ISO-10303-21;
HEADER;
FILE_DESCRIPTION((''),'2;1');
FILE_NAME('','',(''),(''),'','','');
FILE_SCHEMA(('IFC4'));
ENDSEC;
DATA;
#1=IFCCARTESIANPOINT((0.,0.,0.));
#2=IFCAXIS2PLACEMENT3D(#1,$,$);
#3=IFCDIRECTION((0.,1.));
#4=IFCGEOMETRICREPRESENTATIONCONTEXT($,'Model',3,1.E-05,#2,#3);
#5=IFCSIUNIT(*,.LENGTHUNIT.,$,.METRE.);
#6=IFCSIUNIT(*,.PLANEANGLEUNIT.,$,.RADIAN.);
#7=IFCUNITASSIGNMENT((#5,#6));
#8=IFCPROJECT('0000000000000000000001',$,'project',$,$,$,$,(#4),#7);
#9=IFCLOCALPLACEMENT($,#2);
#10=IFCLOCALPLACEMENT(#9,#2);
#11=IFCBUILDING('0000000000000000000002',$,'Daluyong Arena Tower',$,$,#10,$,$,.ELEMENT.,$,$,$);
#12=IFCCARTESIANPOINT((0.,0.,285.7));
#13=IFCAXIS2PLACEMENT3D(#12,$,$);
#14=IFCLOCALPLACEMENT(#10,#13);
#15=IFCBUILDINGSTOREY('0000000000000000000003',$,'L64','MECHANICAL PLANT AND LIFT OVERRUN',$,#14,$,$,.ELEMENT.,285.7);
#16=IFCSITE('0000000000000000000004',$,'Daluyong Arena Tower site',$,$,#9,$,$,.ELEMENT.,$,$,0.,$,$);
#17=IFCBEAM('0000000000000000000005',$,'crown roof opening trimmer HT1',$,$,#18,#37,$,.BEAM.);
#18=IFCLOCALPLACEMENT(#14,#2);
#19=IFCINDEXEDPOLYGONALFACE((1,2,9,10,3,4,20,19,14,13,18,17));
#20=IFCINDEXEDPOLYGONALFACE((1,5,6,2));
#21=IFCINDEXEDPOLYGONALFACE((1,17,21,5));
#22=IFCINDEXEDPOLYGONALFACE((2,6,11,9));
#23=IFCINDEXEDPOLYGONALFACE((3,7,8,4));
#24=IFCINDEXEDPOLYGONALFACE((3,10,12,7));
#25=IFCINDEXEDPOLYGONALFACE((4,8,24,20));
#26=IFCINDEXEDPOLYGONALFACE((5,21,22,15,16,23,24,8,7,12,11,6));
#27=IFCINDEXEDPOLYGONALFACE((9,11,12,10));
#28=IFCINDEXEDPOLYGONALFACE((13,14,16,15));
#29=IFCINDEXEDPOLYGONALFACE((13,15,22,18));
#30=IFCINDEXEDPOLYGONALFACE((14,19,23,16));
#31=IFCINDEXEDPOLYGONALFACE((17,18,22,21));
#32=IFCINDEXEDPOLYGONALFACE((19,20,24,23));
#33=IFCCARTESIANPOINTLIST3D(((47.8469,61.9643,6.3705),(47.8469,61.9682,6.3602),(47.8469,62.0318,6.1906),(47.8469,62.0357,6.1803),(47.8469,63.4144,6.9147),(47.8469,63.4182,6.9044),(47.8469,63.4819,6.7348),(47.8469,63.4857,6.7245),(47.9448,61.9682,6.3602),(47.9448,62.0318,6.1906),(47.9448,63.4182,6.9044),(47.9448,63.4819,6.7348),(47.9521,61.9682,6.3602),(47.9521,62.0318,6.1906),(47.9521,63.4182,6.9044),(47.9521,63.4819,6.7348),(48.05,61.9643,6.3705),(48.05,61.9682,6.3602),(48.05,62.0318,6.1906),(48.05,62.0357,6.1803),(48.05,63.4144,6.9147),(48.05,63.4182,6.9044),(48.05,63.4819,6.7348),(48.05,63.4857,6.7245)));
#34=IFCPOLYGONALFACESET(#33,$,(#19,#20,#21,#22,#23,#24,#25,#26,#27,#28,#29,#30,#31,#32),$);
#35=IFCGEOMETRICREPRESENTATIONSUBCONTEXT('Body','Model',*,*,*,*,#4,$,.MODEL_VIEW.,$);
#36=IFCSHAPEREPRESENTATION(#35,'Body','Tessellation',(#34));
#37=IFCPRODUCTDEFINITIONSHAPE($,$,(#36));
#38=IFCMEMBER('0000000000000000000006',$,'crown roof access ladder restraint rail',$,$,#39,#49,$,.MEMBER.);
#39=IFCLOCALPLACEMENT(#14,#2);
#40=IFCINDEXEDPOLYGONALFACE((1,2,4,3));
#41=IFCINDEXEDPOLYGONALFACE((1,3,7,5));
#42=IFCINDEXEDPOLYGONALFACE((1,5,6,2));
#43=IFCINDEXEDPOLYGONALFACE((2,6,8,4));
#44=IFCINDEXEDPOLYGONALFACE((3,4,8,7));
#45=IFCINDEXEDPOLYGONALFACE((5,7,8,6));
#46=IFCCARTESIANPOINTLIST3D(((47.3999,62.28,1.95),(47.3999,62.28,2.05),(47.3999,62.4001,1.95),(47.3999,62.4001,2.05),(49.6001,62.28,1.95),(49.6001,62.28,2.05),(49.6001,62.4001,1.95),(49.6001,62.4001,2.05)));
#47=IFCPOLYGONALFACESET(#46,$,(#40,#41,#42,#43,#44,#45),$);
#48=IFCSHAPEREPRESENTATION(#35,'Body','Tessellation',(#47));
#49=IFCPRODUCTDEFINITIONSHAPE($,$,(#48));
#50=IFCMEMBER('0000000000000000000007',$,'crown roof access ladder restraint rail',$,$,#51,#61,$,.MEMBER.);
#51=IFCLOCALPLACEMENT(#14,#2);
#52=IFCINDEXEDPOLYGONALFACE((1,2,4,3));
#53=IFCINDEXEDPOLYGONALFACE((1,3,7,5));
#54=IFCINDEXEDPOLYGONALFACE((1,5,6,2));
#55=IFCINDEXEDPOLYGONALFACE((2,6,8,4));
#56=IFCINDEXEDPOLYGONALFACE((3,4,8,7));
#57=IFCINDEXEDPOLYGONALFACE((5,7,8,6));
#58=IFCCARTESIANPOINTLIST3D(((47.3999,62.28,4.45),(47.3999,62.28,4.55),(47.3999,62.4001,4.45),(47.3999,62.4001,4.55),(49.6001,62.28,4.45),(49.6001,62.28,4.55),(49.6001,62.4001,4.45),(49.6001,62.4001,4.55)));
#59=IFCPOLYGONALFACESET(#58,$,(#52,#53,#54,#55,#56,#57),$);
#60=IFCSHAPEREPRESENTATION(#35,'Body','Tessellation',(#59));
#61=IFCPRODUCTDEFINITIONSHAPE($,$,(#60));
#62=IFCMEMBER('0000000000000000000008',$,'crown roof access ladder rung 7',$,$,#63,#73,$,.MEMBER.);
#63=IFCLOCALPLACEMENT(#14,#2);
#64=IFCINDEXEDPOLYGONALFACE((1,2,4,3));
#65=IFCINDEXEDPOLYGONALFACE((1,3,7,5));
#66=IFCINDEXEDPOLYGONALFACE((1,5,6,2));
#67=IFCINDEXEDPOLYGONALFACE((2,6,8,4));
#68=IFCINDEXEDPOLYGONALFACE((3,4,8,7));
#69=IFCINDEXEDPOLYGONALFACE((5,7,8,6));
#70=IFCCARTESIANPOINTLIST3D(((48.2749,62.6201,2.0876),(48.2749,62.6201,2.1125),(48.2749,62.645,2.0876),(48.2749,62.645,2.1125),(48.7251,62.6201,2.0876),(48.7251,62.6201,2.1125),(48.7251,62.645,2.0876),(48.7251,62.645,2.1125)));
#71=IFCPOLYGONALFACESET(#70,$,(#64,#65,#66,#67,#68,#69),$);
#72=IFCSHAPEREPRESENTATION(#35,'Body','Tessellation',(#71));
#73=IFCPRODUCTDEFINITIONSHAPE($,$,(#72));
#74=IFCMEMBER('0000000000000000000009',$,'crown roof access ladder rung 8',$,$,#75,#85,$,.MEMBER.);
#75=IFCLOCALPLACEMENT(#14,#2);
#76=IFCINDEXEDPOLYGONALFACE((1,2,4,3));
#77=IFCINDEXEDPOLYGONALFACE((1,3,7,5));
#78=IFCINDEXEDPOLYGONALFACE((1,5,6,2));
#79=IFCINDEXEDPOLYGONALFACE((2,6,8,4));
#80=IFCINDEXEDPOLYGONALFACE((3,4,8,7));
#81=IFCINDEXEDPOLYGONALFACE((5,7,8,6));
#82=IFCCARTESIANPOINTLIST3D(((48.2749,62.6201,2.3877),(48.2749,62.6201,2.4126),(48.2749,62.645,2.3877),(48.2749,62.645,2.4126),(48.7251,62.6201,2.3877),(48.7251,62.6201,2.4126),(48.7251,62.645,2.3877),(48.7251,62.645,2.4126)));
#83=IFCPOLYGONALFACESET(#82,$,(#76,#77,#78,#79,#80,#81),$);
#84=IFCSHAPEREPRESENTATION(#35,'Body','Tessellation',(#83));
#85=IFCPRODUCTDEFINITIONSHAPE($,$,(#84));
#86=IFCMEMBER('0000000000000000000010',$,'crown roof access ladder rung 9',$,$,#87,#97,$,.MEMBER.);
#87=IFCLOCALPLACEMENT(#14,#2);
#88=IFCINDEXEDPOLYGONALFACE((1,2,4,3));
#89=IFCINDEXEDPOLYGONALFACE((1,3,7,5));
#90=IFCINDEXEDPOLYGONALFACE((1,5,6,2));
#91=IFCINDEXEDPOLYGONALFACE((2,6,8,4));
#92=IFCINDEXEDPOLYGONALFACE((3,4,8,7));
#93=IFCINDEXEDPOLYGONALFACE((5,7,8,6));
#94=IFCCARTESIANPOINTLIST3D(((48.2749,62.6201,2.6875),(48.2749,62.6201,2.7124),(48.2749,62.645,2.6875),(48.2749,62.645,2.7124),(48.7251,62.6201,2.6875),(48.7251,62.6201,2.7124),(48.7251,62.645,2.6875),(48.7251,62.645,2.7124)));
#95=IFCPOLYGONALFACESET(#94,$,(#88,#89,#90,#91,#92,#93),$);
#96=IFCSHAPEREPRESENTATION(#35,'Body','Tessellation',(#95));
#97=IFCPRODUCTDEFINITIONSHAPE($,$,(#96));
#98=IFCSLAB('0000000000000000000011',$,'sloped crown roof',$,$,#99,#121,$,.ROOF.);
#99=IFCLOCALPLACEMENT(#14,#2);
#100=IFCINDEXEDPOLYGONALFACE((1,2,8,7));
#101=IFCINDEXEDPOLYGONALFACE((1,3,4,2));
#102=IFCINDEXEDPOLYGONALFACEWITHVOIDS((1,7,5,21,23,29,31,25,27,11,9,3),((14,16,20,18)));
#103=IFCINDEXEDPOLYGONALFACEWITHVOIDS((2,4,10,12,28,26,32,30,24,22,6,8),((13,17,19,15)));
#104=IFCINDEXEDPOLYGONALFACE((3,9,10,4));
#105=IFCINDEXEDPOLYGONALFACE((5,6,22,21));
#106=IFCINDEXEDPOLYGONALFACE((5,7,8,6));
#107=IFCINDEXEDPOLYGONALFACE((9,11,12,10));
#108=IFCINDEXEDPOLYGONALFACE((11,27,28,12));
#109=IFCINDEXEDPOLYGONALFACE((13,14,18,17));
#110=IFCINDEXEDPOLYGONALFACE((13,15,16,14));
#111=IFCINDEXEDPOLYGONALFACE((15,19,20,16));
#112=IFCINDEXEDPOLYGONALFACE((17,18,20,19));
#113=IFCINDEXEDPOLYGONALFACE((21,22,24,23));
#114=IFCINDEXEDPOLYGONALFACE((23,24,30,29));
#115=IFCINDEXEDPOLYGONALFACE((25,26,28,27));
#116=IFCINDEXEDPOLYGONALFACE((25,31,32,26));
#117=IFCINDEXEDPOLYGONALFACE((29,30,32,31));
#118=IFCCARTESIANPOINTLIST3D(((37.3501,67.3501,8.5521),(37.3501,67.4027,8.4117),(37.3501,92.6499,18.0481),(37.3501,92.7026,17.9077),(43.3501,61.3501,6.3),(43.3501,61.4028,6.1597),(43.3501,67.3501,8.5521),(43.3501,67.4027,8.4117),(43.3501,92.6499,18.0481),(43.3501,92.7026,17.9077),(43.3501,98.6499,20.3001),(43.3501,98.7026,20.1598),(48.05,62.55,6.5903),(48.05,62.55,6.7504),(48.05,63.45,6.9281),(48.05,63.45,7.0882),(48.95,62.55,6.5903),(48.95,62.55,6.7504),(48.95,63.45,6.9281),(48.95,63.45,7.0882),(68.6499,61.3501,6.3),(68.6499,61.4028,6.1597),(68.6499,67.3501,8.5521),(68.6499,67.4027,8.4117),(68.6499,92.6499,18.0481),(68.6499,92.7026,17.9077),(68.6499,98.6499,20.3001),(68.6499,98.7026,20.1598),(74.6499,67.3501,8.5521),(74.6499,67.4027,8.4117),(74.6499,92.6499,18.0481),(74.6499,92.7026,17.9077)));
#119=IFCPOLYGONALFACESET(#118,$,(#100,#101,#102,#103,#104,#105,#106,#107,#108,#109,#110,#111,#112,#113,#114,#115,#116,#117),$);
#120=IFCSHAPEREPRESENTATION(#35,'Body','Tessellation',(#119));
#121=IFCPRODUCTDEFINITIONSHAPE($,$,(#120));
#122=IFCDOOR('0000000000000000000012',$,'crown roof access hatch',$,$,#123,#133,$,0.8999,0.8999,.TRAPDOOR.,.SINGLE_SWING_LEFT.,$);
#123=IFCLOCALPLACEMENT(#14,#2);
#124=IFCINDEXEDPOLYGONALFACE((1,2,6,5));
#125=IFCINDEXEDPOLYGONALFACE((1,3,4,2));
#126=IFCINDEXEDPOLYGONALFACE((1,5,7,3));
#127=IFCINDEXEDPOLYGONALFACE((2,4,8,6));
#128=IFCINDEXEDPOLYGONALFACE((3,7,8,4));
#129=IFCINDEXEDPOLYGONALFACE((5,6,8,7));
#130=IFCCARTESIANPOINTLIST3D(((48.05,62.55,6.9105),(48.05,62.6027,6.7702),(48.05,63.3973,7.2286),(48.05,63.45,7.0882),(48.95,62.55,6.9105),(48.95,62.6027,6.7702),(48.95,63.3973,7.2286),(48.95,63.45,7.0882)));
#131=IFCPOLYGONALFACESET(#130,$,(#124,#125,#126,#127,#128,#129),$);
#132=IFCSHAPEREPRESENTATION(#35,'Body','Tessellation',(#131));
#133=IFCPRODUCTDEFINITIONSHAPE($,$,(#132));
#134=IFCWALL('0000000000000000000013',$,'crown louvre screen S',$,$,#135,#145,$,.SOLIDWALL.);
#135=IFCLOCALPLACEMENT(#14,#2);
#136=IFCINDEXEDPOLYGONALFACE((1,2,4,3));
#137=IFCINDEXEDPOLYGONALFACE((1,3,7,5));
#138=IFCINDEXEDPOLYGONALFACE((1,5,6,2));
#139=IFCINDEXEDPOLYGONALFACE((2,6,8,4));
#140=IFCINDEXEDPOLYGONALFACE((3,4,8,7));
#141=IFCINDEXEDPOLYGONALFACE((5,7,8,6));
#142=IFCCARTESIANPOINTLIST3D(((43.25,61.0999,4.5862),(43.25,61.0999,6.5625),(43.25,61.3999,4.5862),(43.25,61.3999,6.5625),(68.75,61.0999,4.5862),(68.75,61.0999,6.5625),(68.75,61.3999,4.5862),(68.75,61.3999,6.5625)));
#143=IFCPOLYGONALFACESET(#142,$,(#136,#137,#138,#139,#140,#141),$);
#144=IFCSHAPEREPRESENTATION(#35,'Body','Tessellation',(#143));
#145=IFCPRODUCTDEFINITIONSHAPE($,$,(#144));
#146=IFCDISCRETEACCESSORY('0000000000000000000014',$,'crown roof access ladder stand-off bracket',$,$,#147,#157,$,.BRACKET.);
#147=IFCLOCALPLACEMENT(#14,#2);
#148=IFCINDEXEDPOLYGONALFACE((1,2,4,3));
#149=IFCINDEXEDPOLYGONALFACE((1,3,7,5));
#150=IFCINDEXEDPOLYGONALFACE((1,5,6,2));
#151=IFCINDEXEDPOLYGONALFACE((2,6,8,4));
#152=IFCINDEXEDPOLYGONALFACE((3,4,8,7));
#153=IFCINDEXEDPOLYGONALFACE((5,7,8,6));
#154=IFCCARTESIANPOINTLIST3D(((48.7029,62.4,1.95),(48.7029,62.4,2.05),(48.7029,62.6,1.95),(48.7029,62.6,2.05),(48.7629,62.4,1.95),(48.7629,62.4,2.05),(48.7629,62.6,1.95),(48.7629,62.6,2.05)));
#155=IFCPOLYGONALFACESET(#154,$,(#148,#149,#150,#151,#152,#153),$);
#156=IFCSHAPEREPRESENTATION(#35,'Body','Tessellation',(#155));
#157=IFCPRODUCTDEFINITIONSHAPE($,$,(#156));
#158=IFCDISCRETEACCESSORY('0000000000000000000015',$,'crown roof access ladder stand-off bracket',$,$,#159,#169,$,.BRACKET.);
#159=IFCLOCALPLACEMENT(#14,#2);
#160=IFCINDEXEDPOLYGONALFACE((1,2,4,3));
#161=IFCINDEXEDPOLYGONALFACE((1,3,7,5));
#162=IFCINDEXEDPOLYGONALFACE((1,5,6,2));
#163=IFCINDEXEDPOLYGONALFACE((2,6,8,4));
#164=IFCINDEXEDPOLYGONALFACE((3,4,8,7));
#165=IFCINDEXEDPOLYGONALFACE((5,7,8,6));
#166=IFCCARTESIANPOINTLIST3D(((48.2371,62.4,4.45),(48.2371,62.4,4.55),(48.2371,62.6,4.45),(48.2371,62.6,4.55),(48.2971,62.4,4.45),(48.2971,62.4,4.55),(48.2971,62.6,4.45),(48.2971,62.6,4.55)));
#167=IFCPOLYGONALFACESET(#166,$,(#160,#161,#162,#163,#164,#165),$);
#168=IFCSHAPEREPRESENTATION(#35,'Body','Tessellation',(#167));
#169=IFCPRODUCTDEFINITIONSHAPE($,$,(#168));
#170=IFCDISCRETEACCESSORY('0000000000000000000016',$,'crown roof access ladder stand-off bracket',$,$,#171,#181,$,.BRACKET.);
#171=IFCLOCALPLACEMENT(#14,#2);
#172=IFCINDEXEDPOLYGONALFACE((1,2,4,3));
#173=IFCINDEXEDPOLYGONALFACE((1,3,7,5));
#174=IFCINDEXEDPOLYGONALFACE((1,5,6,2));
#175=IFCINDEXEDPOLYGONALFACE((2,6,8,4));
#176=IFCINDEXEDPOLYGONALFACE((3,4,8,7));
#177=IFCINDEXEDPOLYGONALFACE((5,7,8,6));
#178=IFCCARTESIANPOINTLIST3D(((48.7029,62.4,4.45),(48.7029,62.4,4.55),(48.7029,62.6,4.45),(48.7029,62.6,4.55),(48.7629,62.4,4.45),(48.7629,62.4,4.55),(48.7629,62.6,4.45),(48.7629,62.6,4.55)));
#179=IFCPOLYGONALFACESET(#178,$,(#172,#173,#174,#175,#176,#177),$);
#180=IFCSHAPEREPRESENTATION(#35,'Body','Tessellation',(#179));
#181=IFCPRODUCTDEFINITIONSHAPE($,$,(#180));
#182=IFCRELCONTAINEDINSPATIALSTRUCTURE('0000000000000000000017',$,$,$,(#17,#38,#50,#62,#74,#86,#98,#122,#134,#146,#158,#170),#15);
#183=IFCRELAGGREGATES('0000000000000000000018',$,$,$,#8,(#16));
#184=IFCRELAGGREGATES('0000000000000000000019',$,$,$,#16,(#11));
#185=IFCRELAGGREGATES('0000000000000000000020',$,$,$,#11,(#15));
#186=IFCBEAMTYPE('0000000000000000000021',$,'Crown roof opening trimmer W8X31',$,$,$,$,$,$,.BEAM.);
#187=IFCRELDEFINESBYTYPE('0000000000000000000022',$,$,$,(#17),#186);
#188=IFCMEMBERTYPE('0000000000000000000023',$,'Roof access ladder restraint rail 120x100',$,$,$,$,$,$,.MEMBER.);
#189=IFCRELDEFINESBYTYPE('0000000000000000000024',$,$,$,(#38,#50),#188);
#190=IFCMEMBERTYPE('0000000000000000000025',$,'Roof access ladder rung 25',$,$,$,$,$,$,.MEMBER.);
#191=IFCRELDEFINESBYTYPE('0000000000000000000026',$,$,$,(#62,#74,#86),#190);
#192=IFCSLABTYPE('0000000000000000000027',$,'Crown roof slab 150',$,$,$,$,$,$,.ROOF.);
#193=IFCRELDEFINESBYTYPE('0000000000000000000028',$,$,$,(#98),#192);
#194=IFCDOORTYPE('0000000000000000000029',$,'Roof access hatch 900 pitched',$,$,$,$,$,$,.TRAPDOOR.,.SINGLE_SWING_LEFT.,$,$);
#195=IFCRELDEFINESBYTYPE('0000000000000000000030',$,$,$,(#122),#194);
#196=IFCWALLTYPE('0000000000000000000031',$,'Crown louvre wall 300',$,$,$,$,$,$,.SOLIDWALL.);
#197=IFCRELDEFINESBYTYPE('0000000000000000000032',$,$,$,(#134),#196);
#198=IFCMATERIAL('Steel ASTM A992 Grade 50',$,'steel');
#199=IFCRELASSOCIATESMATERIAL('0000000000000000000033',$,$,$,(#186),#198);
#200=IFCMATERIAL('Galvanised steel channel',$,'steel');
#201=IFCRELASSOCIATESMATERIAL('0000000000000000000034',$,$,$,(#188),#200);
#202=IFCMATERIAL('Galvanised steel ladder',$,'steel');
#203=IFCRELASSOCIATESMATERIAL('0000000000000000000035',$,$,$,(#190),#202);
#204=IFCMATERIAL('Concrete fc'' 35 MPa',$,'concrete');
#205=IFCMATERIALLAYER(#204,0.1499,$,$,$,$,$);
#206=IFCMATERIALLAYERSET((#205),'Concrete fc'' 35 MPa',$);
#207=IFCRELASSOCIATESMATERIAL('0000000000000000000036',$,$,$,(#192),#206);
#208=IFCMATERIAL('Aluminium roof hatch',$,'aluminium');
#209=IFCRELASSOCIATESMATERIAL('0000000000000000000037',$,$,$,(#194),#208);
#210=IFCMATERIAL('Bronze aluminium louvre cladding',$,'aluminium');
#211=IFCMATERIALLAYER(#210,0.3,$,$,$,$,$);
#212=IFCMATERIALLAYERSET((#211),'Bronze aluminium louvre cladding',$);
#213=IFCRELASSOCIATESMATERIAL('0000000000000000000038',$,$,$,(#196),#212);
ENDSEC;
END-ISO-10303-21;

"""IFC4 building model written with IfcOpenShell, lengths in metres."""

from ifc_helpers import new_model, si_unit, direction, frame, origin, origin_2d, place, context, subcontext, project, spatial, polyline, rectangle, i_section, outline, extrude, material, layer, layer_set, material_profile, profile_set, type_object, element, fill, save


model = new_model("IFC4")

# Units and contexts
model_context = context("Model", 3, precision=1e-05, world=origin(), true_north=direction((0.0, 1.0)))
body_context = subcontext(model_context, "Body", "Model", "MODEL_VIEW")
ifc_project = project(units=[si_unit("LENGTHUNIT", "METRE"), si_unit("PLANEANGLEUNIT", "RADIAN")], contexts=[model_context])

# Site, building, storey
site_placement = place(None, origin())
site = spatial("IfcSite", under=ifc_project, at=site_placement, Name="Daluyong Arena Tower site", CompositionType="ELEMENT", RefElevation=0.0)
building_placement = place(site_placement, origin())
building = spatial("IfcBuilding", under=site, at=building_placement, Name="Daluyong Arena Tower", CompositionType="ELEMENT")
storey_placement = place(building_placement, frame((0.0, 0.0, 285.7)))
storey = spatial("IfcBuildingStorey", under=building, at=storey_placement, Name="L64", Description="MECHANICAL PLANT AND LIFT OVERRUN", CompositionType="ELEMENT", Elevation=285.7)

# Beam
ifc_material_1 = material(Name="Steel ASTM A992 Grade 50", Category="steel")
ifc_material_profile_1 = material_profile(ifc_material_1, i_section(OverallWidth=0.2031, OverallDepth=0.2031, WebThickness=0.0073, FlangeThickness=0.011, at=origin_2d()))
ifc_profile_set_1 = profile_set([ifc_material_profile_1], Name="Steel ASTM A992 Grade 50")
beam_type_1 = type_object("IfcBeamType", Name="Crown roof opening trimmer W8X31", PredefinedType="BEAM", material=ifc_profile_set_1)
beam_1_placement = place(storey_placement, frame((47.9485, 62.0, 6.2754), z_axis=(0.0, 0.936232, 0.351383), x_axis=(-1.0, 0.0, 0.0)))
element("IfcBeam", 1, at=beam_1_placement, inside=storey, type_object=beam_type_1, Name="crown roof opening trimmer HT1", PredefinedType="BEAM", context=body_context, shape_type="SweptSolid", body=[
    extrude(i_section(OverallWidth=0.2031, OverallDepth=0.2031, WebThickness=0.0073, FlangeThickness=0.011, at=origin_2d()), origin(), (0.0, 0.0, 1.0), 1.5488),
])

# Members
ifc_material_2 = material(Name="Galvanised steel channel", Category="steel")
ifc_material_profile_2 = material_profile(ifc_material_2, rectangle(XDim=0.1201, YDim=0.1001, at=origin_2d()))
ifc_profile_set_2 = profile_set([ifc_material_profile_2], Name="Galvanised steel channel")
member_type_1 = type_object("IfcMemberType", Name="Roof access ladder restraint rail 120x100", PredefinedType="MEMBER", material=ifc_profile_set_2)
for number, where, z_axis, x_axis, name in (
    (2, (47.3999, 62.3401, 2.0), (1.0, 0.0, 0.0), (0.0, 1.0, 0.0), "crown roof access ladder restraint rail"),
    (3, (47.3999, 62.3401, 4.5), (1.0, 0.0, 0.0), (0.0, 1.0, 0.0), "crown roof access ladder restraint rail"),
):
    element("IfcMember", number, at=place(storey_placement, frame(where, z_axis=z_axis, x_axis=x_axis)), inside=storey, type_object=member_type_1, Name=name, PredefinedType="MEMBER", context=body_context, shape_type="SweptSolid", body=[
        extrude(rectangle(XDim=0.1201, YDim=0.1001, at=origin_2d()), origin(), (0.0, 0.0, 1.0), 2.2002),
    ])
ifc_material_3 = material(Name="Galvanised steel ladder", Category="steel")
ifc_material_profile_3 = material_profile(ifc_material_3, rectangle(XDim=0.0249, YDim=0.0249, at=origin_2d()))
ifc_profile_set_3 = profile_set([ifc_material_profile_3], Name="Galvanised steel ladder")
member_type_2 = type_object("IfcMemberType", Name="Roof access ladder rung 25", PredefinedType="MEMBER", material=ifc_profile_set_3)
for number, where, z_axis, x_axis, name in (
    (4, (48.2749, 62.6326, 2.1001), (1.0, 0.0, 0.0), (0.0, 1.0, 0.0), "crown roof access ladder rung 7"),
    (5, (48.2749, 62.6326, 2.4001), (1.0, 0.0, 0.0), (0.0, 1.0, 0.0), "crown roof access ladder rung 8"),
    (6, (48.2749, 62.6326, 2.7), (1.0, 0.0, 0.0), (0.0, 1.0, 0.0), "crown roof access ladder rung 9"),
):
    element("IfcMember", number, at=place(storey_placement, frame(where, z_axis=z_axis, x_axis=x_axis)), inside=storey, type_object=member_type_2, Name=name, PredefinedType="MEMBER", context=body_context, shape_type="SweptSolid", body=[
        extrude(rectangle(XDim=0.0249, YDim=0.0249, at=origin_2d()), origin(), (0.0, 0.0, 1.0), 0.4502),
    ])

# Slab, opening, door
ifc_material_4 = material(Name="Concrete fc' 35 MPa", Category="concrete")
ifc_layer_1 = layer(ifc_material_4, 0.1499)
ifc_layer_set_1 = layer_set([ifc_layer_1], Name="Concrete fc' 35 MPa")
slab_type = type_object("IfcSlabType", Name="Crown roof slab 150", PredefinedType="ROOF", material=ifc_layer_set_1)
slab_placement = place(storey_placement, frame((43.3501, 61.3501, 6.3), z_axis=(0.0, -0.351401, 0.936225), x_axis=(1.0, 0.0, 0.0)))
slab = element("IfcSlab", 7, at=slab_placement, inside=storey, type_object=slab_type, Name="sloped crown roof", PredefinedType="ROOF", context=body_context, shape_type="SweptSolid", body=[
    extrude(outline(polyline([(0.0, 0.0), (25.2998, 0.0), (25.2998, 6.4087), (31.2998, 6.4087), (31.2998, 33.4319), (25.2998, 33.4319), (25.2998, 39.8406), (0.0, 39.8406), (0.0, 33.4319), (-6.0, 33.4319), (-6.0, 6.4087), (0.0, 6.4087), (0.0, 0.0)])), origin(), (0.0, 0.0, -1.0), 0.1499),
])
opening_placement = place(storey_placement, frame((48.5, 63.0, 6.5403)))
opening = element("IfcOpeningElement", 8, at=opening_placement, cuts=slab, PredefinedType="OPENING", context=body_context, shape_type="SweptSolid", body=[
    extrude(rectangle(XDim=0.8999, YDim=0.8999, at=origin_2d()), origin(), (0.0, 0.0, 1.0), 0.7478),
])
ifc_material_5 = material(Name="Aluminium roof hatch", Category="aluminium")
door_type = type_object("IfcDoorType", Name="Roof access hatch 900 pitched", OperationType="SINGLE_SWING_LEFT", PredefinedType="TRAPDOOR", material=ifc_material_5)
door_placement = place(storey_placement, frame((48.5, 63.0264, 6.9292), z_axis=(0.0, -0.351401, 0.936225), x_axis=(1.0, 0.0, 0.0)))
door = element("IfcDoor", 9, at=door_placement, inside=storey, type_object=door_type, Name="crown roof access hatch", OperationType="SINGLE_SWING_LEFT", OverallHeight=0.8999, OverallWidth=0.8999, PredefinedType="TRAPDOOR", context=body_context, shape_type="SweptSolid", body=[
    extrude(rectangle(XDim=0.8999, YDim=0.905, at=origin_2d()), origin(), (0.0, 0.0, 1.0), 0.1499),
])
fill(opening, door)

# Wall
ifc_material_6 = material(Name="Bronze aluminium louvre cladding", Category="aluminium")
ifc_layer_2 = layer(ifc_material_6, 0.3)
ifc_layer_set_2 = layer_set([ifc_layer_2], Name="Bronze aluminium louvre cladding")
wall_type = type_object("IfcWallType", Name="Crown louvre wall 300", PredefinedType="SOLIDWALL", material=ifc_layer_set_2)
wall_placement = place(storey_placement, frame((43.25, 61.25, 4.5862), z_axis=(0.0, 0.0, 1.0), x_axis=(1.0, 0.0, 0.0)))
element("IfcWall", 10, at=wall_placement, inside=storey, type_object=wall_type, Name="crown louvre screen S", PredefinedType="SOLIDWALL", context=body_context, shape_type="SweptSolid", body=[
    extrude(outline(polyline([(0.0, 0.0), (25.5, 0.0), (25.5, 1.9763), (0.0, 1.9763), (0.0, 0.0)])), frame((0.0, 0.1499, 0.0), z_axis=(0.0, -1.0, 0.0), x_axis=(1.0, 0.0, 0.0)), (0.0, 0.0, 1.0), 0.3),
])

# Discrete accessories
for number, where, z_axis, x_axis, name in (
    (11, (48.7329, 62.5, 1.95), (0.0, 0.0, 1.0), (1.0, 0.0, 0.0), "crown roof access ladder stand-off bracket"),
    (12, (48.2671, 62.5, 4.45), (0.0, 0.0, 1.0), (1.0, 0.0, 0.0), "crown roof access ladder stand-off bracket"),
    (13, (48.7329, 62.5, 4.45), (0.0, 0.0, 1.0), (1.0, 0.0, 0.0), "crown roof access ladder stand-off bracket"),
):
    element("IfcDiscreteAccessory", number, at=place(storey_placement, frame(where, z_axis=z_axis, x_axis=x_axis)), inside=storey, Name=name, PredefinedType="BRACKET", context=body_context, shape_type="SweptSolid", body=[
        extrude(rectangle(XDim=0.0601, YDim=0.2, at=origin_2d()), origin(), (0.0, 0.0, 1.0), 0.1001),
    ])

save(model, "model.ifc")
